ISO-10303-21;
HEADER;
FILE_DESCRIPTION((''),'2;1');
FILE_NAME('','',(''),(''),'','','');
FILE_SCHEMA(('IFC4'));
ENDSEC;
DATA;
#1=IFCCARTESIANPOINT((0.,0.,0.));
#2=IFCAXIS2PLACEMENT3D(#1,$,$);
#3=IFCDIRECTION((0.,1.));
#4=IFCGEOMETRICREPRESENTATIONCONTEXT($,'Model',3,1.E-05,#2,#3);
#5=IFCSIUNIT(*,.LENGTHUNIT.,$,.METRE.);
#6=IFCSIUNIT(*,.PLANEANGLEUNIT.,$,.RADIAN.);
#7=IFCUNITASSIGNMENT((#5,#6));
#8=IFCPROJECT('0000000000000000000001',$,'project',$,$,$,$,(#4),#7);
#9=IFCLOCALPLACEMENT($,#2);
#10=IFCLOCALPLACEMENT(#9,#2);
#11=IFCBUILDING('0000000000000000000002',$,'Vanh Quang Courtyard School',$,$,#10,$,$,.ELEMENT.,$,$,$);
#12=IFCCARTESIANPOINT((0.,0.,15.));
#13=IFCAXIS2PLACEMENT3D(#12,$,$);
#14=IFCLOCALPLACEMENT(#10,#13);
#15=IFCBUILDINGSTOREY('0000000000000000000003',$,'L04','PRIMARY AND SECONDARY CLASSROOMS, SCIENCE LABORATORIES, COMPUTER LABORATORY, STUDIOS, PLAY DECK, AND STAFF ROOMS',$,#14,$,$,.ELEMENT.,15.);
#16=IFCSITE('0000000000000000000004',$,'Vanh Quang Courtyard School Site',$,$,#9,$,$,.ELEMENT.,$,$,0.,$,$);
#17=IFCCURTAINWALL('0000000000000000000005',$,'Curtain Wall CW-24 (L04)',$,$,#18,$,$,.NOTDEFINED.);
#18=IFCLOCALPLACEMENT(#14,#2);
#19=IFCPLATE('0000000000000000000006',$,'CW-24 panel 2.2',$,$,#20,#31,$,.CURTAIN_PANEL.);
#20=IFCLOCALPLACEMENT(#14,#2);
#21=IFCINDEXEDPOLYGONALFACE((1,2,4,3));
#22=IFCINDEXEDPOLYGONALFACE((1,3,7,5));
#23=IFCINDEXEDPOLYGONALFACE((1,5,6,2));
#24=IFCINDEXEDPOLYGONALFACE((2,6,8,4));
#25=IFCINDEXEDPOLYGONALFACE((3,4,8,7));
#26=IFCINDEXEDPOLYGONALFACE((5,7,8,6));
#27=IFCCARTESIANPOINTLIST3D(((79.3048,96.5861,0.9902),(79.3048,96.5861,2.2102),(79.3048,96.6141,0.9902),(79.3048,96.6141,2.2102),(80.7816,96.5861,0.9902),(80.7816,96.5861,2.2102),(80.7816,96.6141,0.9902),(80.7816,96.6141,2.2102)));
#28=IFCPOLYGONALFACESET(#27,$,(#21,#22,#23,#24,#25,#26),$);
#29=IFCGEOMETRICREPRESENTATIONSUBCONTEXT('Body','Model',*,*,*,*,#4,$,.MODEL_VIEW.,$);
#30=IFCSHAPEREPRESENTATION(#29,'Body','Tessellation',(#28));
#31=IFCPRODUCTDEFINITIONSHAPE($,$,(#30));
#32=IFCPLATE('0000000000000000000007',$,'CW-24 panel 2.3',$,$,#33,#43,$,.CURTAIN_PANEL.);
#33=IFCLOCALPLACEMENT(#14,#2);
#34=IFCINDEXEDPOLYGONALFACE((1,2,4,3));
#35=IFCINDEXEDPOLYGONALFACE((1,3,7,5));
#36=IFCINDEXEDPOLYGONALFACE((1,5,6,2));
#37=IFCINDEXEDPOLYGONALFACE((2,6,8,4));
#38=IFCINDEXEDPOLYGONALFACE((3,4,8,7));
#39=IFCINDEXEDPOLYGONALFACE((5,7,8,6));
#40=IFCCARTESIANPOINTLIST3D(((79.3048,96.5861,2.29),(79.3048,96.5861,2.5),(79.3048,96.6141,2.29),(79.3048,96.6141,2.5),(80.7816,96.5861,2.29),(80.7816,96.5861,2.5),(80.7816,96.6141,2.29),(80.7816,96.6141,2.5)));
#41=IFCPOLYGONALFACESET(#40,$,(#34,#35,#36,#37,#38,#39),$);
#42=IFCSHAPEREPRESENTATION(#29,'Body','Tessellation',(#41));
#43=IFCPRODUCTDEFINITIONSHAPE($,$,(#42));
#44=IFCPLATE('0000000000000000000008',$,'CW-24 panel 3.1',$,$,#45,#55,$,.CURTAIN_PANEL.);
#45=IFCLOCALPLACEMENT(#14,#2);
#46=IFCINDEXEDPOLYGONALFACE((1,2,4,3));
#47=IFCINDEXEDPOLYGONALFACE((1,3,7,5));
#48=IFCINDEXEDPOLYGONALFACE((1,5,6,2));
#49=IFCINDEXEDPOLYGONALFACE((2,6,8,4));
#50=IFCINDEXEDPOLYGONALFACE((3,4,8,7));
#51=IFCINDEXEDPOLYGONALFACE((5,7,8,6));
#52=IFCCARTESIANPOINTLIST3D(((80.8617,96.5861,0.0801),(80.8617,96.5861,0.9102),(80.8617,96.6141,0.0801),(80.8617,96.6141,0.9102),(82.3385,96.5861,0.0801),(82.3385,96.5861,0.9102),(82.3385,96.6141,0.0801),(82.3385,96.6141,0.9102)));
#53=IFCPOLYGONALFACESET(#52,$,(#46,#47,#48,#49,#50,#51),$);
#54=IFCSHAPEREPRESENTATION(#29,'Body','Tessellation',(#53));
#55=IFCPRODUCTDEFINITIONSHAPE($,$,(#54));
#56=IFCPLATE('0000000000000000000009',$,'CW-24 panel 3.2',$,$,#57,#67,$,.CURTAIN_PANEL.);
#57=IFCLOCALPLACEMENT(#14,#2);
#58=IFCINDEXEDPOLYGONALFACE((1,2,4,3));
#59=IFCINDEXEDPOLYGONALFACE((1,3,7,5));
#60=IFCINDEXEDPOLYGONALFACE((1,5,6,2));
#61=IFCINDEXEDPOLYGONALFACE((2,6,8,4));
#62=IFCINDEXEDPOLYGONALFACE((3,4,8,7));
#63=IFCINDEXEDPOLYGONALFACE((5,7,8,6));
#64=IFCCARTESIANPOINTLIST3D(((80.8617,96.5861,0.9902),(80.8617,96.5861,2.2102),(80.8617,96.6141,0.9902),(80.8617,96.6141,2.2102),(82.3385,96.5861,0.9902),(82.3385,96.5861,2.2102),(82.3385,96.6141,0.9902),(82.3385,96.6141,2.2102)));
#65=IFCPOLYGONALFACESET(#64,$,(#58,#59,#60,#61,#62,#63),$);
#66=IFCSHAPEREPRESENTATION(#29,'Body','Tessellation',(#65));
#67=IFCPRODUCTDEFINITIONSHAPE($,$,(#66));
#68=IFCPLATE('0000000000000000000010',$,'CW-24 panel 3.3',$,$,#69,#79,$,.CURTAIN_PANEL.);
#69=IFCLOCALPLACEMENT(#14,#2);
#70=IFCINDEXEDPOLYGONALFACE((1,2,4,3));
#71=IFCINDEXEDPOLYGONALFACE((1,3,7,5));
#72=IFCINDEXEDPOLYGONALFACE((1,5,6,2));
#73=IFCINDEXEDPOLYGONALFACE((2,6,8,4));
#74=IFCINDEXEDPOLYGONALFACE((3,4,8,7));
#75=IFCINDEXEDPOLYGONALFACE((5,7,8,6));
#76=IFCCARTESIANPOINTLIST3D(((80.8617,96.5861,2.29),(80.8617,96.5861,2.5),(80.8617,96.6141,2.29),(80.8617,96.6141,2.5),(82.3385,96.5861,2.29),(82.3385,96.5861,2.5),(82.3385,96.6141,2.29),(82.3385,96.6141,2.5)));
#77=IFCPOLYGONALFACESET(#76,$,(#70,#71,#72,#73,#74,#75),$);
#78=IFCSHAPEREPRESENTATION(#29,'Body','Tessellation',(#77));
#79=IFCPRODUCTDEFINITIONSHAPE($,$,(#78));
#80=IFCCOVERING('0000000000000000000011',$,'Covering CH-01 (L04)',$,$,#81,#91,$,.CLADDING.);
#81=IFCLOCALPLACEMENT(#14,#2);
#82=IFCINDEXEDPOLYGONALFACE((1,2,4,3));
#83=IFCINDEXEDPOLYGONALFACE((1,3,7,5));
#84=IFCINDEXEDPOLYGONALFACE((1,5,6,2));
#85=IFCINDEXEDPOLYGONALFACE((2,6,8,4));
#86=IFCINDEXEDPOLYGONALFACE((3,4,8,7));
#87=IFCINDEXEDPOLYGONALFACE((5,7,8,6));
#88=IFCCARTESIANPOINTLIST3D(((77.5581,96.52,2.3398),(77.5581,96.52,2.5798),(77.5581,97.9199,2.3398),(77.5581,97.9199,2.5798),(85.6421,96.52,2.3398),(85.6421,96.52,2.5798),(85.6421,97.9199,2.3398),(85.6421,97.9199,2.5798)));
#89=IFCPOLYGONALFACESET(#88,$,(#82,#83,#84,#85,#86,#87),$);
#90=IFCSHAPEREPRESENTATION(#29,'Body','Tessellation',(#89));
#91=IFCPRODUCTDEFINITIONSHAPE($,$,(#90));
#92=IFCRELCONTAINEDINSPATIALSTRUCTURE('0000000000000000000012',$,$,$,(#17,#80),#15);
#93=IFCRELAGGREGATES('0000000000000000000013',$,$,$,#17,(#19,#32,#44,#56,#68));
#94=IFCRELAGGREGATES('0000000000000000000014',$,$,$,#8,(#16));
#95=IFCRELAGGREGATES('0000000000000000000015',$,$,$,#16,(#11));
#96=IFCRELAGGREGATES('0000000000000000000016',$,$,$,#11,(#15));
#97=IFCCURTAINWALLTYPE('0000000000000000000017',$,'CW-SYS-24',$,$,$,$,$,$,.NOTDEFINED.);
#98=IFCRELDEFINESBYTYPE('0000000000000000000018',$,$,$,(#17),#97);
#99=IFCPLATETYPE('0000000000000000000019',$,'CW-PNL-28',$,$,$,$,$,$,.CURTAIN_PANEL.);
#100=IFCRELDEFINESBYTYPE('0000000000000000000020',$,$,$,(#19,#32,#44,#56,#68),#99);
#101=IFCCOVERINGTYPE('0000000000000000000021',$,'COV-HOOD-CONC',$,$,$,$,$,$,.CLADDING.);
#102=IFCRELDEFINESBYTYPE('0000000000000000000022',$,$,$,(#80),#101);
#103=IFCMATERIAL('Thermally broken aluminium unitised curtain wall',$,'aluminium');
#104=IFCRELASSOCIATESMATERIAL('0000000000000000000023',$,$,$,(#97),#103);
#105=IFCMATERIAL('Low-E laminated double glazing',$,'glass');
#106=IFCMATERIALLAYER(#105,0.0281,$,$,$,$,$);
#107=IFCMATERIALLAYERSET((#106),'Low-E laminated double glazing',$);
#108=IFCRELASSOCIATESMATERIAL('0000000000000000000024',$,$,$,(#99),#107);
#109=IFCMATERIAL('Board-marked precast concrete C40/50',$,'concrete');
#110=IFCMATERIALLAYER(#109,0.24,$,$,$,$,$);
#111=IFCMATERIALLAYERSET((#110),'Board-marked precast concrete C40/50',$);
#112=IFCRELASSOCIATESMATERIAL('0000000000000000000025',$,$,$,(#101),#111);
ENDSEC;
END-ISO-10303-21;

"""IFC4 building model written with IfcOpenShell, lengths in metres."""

from ifc_helpers import new_model, si_unit, direction, frame, origin, origin_2d, place, context, subcontext, project, spatial, rectangle, extrude, material, layer, layer_set, type_object, element, aggregate, save


model = new_model("IFC4")

# Units and contexts
model_context = context("Model", 3, precision=1e-05, world=origin(), true_north=direction((0.0, 1.0)))
body_context = subcontext(model_context, "Body", "Model", "MODEL_VIEW")
ifc_project = project(units=[si_unit("LENGTHUNIT", "METRE"), si_unit("PLANEANGLEUNIT", "RADIAN")], contexts=[model_context])

# Site, building, storey
site_placement = place(None, origin())
site = spatial("IfcSite", under=ifc_project, at=site_placement, Name="Vanh Quang Courtyard School Site", CompositionType="ELEMENT", RefElevation=0.0)
building_placement = place(site_placement, origin())
building = spatial("IfcBuilding", under=site, at=building_placement, Name="Vanh Quang Courtyard School", CompositionType="ELEMENT")
storey_placement = place(building_placement, frame((0.0, 0.0, 15.0)))
storey = spatial("IfcBuildingStorey", under=building, at=storey_placement, Name="L04", Description="PRIMARY AND SECONDARY CLASSROOMS, SCIENCE LABORATORIES, COMPUTER LABORATORY, STUDIOS, PLAY DECK, AND STAFF ROOMS", CompositionType="ELEMENT", Elevation=15.0)

# Curtain wall, plates
ifc_material_1 = material(Name="Thermally broken aluminium unitised curtain wall", Category="aluminium")
curtain_wall_type = type_object("IfcCurtainWallType", Name="CW-SYS-24", PredefinedType="NOTDEFINED", material=ifc_material_1)
curtain_wall_placement = place(storey_placement, origin())
curtain_wall = element("IfcCurtainWall", 1, at=curtain_wall_placement, inside=storey, type_object=curtain_wall_type, Name="Curtain Wall CW-24 (L04)", PredefinedType="NOTDEFINED")
ifc_material_2 = material(Name="Low-E laminated double glazing", Category="glass")
ifc_layer_1 = layer(ifc_material_2, 0.0281)
ifc_layer_set_1 = layer_set([ifc_layer_1], Name="Low-E laminated double glazing")
plate_type = type_object("IfcPlateType", Name="CW-PNL-28", PredefinedType="CURTAIN_PANEL", material=ifc_layer_set_1)
plate_1_placement = place(storey_placement, frame((80.0432, 96.6001, 0.9902), z_axis=(0.0, 0.0, 1.0), x_axis=(1.0, 0.0, 0.0)))
plate_1 = element("IfcPlate", 2, at=plate_1_placement, type_object=plate_type, Name="CW-24 panel 2.2", PredefinedType="CURTAIN_PANEL", context=body_context, shape_type="SweptSolid", body=[
    extrude(rectangle(XDim=1.4768, YDim=0.0281, at=origin_2d()), origin(), (0.0, 0.0, 1.0), 1.22),
])
plate_2_placement = place(storey_placement, frame((80.0432, 96.6001, 2.29), z_axis=(0.0, 0.0, 1.0), x_axis=(1.0, 0.0, 0.0)))
plate_2 = element("IfcPlate", 3, at=plate_2_placement, type_object=plate_type, Name="CW-24 panel 2.3", PredefinedType="CURTAIN_PANEL", context=body_context, shape_type="SweptSolid", body=[
    extrude(rectangle(XDim=1.4768, YDim=0.0281, at=origin_2d()), origin(), (0.0, 0.0, 1.0), 0.21),
])
plate_3_placement = place(storey_placement, frame((81.6001, 96.6001, 0.0801), z_axis=(0.0, 0.0, 1.0), x_axis=(1.0, 0.0, 0.0)))
plate_3 = element("IfcPlate", 4, at=plate_3_placement, type_object=plate_type, Name="CW-24 panel 3.1", PredefinedType="CURTAIN_PANEL", context=body_context, shape_type="SweptSolid", body=[
    extrude(rectangle(XDim=1.4768, YDim=0.0281, at=origin_2d()), origin(), (0.0, 0.0, 1.0), 0.8301),
])
plate_4_placement = place(storey_placement, frame((81.6001, 96.6001, 0.9902), z_axis=(0.0, 0.0, 1.0), x_axis=(1.0, 0.0, 0.0)))
plate_4 = element("IfcPlate", 5, at=plate_4_placement, type_object=plate_type, Name="CW-24 panel 3.2", PredefinedType="CURTAIN_PANEL", context=body_context, shape_type="SweptSolid", body=[
    extrude(rectangle(XDim=1.4768, YDim=0.0281, at=origin_2d()), origin(), (0.0, 0.0, 1.0), 1.22),
])
plate_5_placement = place(storey_placement, frame((81.6001, 96.6001, 2.29), z_axis=(0.0, 0.0, 1.0), x_axis=(1.0, 0.0, 0.0)))
plate_5 = element("IfcPlate", 6, at=plate_5_placement, type_object=plate_type, Name="CW-24 panel 3.3", PredefinedType="CURTAIN_PANEL", context=body_context, shape_type="SweptSolid", body=[
    extrude(rectangle(XDim=1.4768, YDim=0.0281, at=origin_2d()), origin(), (0.0, 0.0, 1.0), 0.21),
])
aggregate(curtain_wall, [plate_1, plate_2, plate_3, plate_4, plate_5])

# Covering
ifc_material_3 = material(Name="Board-marked precast concrete C40/50", Category="concrete")
ifc_layer_2 = layer(ifc_material_3, 0.24)
ifc_layer_set_2 = layer_set([ifc_layer_2], Name="Board-marked precast concrete C40/50")
covering_type = type_object("IfcCoveringType", Name="COV-HOOD-CONC", PredefinedType="CLADDING", material=ifc_layer_set_2)
covering_placement = place(storey_placement, frame((81.6001, 97.22, 2.3398), z_axis=(0.0, 0.0, 1.0), x_axis=(1.0, 0.0, 0.0)))
element("IfcCovering", 7, at=covering_placement, inside=storey, type_object=covering_type, Name="Covering CH-01 (L04)", PredefinedType="CLADDING", context=body_context, shape_type="SweptSolid", body=[
    extrude(rectangle(XDim=8.084, YDim=1.3999, at=origin_2d()), origin(), (0.0, 0.0, 1.0), 0.24),
])

save(model, "model.ifc")
